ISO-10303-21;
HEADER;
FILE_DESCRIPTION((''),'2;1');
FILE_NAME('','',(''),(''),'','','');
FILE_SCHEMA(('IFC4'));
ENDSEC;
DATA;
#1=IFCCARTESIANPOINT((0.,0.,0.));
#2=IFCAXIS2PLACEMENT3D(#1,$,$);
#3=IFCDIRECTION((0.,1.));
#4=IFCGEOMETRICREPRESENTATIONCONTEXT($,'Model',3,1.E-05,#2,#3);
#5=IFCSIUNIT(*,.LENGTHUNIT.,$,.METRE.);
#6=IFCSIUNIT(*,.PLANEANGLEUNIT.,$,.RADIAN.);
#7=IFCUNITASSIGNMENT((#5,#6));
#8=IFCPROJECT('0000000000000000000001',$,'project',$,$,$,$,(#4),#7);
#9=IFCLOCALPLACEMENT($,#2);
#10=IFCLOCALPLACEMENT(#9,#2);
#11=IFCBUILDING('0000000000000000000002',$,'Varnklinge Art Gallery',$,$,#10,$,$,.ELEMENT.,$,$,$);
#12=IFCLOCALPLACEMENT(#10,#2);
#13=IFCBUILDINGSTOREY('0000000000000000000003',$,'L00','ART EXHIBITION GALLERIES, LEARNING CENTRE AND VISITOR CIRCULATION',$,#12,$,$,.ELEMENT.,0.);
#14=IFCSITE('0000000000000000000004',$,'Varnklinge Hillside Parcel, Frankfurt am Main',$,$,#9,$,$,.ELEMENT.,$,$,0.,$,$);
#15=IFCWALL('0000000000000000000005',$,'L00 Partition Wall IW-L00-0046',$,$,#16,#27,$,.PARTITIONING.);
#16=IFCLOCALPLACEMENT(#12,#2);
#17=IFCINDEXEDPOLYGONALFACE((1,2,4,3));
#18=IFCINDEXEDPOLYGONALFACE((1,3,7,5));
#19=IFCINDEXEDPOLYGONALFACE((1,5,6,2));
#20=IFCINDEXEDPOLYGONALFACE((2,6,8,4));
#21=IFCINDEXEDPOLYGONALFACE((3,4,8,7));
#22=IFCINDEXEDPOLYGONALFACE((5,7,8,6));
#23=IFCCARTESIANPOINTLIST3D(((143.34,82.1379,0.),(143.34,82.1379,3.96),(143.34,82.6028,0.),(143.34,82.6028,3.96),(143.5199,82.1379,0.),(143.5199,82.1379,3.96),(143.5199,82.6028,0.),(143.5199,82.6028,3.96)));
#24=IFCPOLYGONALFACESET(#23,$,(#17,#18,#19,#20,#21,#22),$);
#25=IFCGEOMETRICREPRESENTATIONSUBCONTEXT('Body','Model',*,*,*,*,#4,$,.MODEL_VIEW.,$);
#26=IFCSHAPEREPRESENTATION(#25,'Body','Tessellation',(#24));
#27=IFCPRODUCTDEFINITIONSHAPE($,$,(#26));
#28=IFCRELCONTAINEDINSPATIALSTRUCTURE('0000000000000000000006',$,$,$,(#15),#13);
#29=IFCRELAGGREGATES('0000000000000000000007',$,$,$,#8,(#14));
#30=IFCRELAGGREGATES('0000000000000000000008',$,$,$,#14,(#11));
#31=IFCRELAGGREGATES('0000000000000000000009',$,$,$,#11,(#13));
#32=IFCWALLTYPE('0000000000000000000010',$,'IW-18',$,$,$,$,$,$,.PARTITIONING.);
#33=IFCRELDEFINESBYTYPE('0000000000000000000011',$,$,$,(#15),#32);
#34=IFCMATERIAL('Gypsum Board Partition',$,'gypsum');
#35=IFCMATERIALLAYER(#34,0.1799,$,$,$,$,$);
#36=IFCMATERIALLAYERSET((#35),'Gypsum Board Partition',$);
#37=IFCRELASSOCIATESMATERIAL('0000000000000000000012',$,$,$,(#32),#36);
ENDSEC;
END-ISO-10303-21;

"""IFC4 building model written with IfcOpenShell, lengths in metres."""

from ifc_helpers import new_model, si_unit, direction, frame, frame_2d, origin, place, context, subcontext, project, spatial, rectangle, extrude, material, layer, layer_set, type_object, element, save


model = new_model("IFC4")

# Units and contexts
model_context = context("Model", 3, precision=1e-05, world=origin(), true_north=direction((0.0, 1.0)))
body_context = subcontext(model_context, "Body", "Model", "MODEL_VIEW")
ifc_project = project(units=[si_unit("LENGTHUNIT", "METRE"), si_unit("PLANEANGLEUNIT", "RADIAN")], contexts=[model_context])

# Site, building, storey
site_placement = place(None, origin())
site = spatial("IfcSite", under=ifc_project, at=site_placement, Name="Varnklinge Hillside Parcel, Frankfurt am Main", CompositionType="ELEMENT", RefElevation=0.0)
building_placement = place(site_placement, origin())
building = spatial("IfcBuilding", under=site, at=building_placement, Name="Varnklinge Art Gallery", CompositionType="ELEMENT")
storey_placement = place(building_placement, origin())
storey = spatial("IfcBuildingStorey", under=building, at=storey_placement, Name="L00", Description="ART EXHIBITION GALLERIES, LEARNING CENTRE AND VISITOR CIRCULATION", CompositionType="ELEMENT", Elevation=0.0)

# Shared definitions
ifc_material_1 = material(Name="Gypsum Board Partition", Category="gypsum")
ifc_layer = layer(ifc_material_1, 0.1799)
ifc_layer_set = layer_set([ifc_layer], Name="Gypsum Board Partition")
wall_type = type_object("IfcWallType", Name="IW-18", PredefinedType="PARTITIONING", material=ifc_layer_set)

# Wall
wall_1_placement = place(storey_placement, frame((143.4299, 82.6028, 0.0), z_axis=(0.0, 0.0, 1.0), x_axis=(0.0, -1.0, 0.0)))
element("IfcWall", 1, at=wall_1_placement, inside=storey, type_object=wall_type, Name="L00 Partition Wall IW-L00-0046", PredefinedType="PARTITIONING", context=body_context, shape_type="SweptSolid", body=[
    extrude(rectangle(XDim=0.4648, YDim=0.1799, at=frame_2d((0.2324, 0.0))), origin(), (0.0, 0.0, 1.0), 3.96),
])

save(model, "model.ifc")
